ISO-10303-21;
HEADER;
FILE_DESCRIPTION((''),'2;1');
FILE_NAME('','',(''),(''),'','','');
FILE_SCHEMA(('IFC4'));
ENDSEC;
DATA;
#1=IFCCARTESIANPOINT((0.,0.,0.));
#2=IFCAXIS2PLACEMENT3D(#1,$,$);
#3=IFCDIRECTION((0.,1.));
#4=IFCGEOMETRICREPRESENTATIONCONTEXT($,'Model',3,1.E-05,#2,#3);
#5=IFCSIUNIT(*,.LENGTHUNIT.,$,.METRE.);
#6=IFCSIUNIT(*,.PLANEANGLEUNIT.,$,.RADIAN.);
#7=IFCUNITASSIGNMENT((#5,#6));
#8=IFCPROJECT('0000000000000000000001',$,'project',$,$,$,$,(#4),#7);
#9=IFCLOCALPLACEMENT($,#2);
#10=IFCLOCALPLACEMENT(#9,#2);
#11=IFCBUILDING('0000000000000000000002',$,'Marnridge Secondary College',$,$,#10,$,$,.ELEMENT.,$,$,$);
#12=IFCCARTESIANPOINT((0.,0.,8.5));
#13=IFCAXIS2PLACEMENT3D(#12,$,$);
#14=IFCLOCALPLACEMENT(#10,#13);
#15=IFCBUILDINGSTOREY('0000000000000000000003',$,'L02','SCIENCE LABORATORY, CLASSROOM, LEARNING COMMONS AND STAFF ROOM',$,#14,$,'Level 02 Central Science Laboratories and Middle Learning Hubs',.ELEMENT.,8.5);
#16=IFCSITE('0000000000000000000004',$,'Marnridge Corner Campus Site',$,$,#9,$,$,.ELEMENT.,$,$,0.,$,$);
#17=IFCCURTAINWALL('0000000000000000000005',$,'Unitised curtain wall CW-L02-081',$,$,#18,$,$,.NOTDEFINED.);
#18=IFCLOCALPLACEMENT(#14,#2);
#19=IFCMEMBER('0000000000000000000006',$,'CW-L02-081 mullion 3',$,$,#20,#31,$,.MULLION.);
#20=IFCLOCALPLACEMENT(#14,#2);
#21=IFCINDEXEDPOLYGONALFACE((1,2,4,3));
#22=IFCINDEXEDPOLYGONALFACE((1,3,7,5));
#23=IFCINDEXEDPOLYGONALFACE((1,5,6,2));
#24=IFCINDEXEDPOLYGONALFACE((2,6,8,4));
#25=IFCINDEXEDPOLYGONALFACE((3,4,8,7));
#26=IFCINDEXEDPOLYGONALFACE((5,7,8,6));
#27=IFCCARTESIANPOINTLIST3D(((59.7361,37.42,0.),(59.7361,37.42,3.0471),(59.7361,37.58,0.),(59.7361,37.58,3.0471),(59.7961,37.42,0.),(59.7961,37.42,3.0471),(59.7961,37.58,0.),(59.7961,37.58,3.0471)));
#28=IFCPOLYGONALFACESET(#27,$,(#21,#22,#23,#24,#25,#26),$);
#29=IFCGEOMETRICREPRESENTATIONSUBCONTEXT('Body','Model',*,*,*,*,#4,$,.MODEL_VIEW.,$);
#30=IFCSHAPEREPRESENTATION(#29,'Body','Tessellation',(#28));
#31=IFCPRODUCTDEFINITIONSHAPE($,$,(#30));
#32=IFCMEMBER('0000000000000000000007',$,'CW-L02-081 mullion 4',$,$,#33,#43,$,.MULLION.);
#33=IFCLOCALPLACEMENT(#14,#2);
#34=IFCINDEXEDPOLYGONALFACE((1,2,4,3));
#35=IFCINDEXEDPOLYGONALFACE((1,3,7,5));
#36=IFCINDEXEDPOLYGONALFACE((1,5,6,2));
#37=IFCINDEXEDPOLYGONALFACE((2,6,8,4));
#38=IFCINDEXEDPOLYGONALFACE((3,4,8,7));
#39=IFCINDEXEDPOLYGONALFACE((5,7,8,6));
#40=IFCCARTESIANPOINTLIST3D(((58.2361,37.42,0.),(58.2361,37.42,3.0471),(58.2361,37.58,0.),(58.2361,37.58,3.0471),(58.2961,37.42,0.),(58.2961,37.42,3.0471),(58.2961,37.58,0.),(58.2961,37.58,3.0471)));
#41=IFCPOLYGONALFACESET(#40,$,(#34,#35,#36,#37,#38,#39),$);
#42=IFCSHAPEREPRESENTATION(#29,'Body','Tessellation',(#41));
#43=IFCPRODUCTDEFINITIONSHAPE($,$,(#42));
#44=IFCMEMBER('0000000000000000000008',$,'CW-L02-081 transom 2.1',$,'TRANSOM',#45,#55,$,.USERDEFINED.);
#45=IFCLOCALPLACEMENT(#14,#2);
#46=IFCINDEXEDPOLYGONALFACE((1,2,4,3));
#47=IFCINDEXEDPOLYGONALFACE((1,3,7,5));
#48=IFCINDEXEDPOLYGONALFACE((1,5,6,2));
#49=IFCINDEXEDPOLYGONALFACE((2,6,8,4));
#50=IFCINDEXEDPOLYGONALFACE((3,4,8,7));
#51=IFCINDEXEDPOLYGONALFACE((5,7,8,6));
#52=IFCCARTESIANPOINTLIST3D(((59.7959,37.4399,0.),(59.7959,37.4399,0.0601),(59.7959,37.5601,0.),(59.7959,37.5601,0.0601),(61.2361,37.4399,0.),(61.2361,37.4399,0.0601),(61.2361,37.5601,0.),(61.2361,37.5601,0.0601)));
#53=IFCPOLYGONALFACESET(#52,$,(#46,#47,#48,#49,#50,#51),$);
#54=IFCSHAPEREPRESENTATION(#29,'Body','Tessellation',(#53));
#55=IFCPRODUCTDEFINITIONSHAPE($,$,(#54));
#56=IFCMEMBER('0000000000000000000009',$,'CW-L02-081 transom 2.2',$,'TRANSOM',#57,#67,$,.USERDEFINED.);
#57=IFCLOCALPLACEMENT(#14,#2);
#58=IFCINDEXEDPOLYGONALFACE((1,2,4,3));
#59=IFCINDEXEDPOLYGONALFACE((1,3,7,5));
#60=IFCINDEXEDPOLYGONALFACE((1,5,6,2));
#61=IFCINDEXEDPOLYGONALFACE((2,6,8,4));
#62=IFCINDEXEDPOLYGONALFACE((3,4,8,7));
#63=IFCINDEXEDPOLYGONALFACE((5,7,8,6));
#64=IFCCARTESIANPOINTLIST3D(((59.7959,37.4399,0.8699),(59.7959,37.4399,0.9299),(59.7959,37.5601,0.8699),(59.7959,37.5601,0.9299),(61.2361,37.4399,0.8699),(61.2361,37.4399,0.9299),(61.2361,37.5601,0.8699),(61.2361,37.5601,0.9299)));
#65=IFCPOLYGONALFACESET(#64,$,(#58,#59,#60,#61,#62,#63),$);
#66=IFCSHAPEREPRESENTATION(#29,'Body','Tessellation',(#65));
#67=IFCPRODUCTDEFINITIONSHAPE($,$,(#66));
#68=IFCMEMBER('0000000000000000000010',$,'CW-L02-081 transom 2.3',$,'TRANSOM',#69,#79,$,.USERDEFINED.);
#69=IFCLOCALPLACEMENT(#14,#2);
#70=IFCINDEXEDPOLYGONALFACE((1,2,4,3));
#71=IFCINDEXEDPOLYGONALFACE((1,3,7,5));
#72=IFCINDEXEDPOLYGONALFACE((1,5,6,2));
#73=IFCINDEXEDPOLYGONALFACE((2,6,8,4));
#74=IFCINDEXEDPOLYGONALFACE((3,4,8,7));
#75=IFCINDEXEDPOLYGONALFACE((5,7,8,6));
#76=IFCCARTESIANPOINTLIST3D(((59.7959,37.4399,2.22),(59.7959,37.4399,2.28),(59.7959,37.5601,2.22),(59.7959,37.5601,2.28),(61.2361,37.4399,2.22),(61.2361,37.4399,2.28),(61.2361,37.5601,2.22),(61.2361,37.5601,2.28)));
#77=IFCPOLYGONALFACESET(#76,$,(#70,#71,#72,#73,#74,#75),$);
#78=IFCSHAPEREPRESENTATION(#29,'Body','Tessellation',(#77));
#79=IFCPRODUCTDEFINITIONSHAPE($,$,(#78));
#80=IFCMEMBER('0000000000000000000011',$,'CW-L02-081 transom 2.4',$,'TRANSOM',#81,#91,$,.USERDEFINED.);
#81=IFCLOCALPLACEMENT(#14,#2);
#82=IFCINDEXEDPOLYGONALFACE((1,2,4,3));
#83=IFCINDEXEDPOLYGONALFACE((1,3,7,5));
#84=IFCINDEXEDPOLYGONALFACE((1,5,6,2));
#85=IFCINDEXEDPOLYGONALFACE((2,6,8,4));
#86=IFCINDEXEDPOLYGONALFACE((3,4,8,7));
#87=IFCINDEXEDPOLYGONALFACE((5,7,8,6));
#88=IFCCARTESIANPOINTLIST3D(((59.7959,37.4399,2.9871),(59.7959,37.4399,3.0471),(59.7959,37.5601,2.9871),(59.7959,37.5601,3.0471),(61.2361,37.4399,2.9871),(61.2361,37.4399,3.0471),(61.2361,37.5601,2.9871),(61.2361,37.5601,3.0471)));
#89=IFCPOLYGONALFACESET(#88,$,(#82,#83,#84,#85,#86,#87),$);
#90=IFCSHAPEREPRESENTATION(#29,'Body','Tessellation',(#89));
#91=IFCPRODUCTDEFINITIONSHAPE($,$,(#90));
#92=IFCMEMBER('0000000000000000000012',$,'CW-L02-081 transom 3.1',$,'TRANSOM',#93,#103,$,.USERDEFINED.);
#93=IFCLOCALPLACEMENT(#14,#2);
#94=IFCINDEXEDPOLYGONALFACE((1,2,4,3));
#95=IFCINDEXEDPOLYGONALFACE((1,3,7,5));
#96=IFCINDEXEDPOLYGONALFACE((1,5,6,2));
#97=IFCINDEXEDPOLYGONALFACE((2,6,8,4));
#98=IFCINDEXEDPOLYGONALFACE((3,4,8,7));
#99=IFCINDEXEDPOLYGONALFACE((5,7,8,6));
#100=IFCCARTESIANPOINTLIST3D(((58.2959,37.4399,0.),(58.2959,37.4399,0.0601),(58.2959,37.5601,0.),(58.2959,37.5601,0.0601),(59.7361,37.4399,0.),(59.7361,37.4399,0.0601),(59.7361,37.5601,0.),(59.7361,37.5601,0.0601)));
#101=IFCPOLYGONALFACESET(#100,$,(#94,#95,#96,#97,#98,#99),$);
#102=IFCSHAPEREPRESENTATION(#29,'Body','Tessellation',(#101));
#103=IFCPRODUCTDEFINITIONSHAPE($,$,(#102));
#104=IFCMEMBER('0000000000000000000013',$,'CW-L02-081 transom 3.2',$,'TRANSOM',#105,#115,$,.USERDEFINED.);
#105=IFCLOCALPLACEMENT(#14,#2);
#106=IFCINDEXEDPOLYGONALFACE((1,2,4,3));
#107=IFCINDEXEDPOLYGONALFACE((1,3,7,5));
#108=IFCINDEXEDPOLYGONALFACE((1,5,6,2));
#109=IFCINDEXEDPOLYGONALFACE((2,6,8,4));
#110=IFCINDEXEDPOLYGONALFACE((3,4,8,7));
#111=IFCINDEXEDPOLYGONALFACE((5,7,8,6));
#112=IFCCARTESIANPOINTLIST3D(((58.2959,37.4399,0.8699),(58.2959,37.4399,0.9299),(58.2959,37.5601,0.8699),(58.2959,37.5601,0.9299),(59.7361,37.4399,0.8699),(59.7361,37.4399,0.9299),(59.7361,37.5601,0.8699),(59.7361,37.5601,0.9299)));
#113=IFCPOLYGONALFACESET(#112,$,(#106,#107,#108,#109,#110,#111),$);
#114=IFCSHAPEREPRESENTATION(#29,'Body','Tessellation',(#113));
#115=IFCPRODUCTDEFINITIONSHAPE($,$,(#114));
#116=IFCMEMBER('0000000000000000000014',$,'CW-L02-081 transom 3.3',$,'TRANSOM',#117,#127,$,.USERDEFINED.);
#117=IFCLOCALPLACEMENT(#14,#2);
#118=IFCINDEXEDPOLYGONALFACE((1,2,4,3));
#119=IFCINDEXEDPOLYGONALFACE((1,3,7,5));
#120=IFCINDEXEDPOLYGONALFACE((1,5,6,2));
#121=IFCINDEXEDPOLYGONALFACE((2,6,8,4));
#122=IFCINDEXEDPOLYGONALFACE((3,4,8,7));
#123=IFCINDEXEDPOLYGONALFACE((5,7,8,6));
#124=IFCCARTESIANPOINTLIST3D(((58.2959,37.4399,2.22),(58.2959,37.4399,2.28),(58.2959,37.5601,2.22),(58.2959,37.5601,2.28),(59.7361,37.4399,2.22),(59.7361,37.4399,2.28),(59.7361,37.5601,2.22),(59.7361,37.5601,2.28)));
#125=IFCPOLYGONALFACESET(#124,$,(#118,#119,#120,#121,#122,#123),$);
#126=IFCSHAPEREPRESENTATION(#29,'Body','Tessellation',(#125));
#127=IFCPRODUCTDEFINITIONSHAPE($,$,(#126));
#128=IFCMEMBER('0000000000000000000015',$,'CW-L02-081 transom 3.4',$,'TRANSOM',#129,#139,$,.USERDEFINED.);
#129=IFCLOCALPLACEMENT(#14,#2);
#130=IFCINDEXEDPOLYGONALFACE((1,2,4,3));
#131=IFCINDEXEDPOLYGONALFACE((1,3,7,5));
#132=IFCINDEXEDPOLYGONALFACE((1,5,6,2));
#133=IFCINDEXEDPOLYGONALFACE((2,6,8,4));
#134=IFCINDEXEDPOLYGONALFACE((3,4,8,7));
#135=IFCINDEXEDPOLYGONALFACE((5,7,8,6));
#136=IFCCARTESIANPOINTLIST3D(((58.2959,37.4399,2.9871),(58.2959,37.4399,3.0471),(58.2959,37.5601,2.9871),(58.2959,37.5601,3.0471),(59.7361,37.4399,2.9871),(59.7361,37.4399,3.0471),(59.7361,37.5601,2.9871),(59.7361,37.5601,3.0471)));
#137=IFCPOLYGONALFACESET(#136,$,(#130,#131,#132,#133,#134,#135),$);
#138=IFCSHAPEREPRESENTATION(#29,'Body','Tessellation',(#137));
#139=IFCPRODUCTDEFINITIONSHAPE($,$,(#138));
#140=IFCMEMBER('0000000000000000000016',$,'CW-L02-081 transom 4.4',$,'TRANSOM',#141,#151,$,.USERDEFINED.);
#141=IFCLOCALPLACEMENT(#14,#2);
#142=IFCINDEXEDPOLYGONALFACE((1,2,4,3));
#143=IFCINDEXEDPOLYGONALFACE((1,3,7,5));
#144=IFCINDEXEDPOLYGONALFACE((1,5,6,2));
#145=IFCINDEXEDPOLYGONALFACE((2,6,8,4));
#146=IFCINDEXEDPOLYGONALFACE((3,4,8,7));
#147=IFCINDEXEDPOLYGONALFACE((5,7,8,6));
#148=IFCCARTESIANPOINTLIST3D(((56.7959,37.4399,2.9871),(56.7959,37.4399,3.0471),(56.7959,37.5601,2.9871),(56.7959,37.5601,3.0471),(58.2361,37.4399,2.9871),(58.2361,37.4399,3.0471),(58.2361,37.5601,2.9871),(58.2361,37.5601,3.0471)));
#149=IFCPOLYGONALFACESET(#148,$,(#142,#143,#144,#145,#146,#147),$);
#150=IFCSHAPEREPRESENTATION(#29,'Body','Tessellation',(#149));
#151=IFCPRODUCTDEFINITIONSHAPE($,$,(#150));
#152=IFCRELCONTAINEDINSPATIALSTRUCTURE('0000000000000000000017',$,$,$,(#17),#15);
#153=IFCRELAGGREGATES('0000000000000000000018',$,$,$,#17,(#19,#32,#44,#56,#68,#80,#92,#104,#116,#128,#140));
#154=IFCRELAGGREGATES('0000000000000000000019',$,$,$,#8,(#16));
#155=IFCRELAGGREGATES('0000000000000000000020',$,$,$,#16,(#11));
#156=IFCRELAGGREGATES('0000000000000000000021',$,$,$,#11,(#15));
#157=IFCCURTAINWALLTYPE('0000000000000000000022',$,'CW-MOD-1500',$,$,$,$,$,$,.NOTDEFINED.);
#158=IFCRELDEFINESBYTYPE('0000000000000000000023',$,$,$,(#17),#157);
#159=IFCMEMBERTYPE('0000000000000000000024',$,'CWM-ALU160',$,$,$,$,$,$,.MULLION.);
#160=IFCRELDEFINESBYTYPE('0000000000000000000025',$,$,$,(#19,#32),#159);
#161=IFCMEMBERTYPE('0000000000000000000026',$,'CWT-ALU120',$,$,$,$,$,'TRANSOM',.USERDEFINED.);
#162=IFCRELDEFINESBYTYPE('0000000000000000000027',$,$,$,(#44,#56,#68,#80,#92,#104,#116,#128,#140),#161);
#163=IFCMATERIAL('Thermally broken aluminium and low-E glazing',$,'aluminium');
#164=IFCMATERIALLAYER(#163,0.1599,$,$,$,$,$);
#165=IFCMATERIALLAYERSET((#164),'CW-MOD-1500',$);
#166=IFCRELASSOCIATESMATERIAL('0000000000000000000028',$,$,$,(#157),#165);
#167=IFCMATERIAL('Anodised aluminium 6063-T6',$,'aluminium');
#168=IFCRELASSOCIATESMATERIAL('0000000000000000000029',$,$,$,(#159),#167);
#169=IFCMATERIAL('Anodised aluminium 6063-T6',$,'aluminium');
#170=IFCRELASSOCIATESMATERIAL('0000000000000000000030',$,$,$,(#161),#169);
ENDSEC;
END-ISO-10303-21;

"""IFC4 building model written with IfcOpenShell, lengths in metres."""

from ifc_helpers import new_model, si_unit, direction, frame, origin, origin_2d, place, context, subcontext, project, spatial, rectangle, extrude, material, layer, layer_set, material_profile, profile_set, type_object, element, aggregate, save


model = new_model("IFC4")

# Units and contexts
model_context = context("Model", 3, precision=1e-05, world=origin(), true_north=direction((0.0, 1.0)))
body_context = subcontext(model_context, "Body", "Model", "MODEL_VIEW")
ifc_project = project(units=[si_unit("LENGTHUNIT", "METRE"), si_unit("PLANEANGLEUNIT", "RADIAN")], contexts=[model_context])

# Site, building, storey
site_placement = place(None, origin())
site = spatial("IfcSite", under=ifc_project, at=site_placement, Name="Marnridge Corner Campus Site", CompositionType="ELEMENT", RefElevation=0.0)
building_placement = place(site_placement, origin())
building = spatial("IfcBuilding", under=site, at=building_placement, Name="Marnridge Secondary College", CompositionType="ELEMENT")
storey_placement = place(building_placement, frame((0.0, 0.0, 8.5)))
storey = spatial("IfcBuildingStorey", under=building, at=storey_placement, Name="L02", Description="SCIENCE LABORATORY, CLASSROOM, LEARNING COMMONS AND STAFF ROOM", LongName="Level 02 Central Science Laboratories and Middle Learning Hubs", CompositionType="ELEMENT", Elevation=8.5)

# Curtain wall, members
ifc_material_1 = material(Name="Thermally broken aluminium and low-E glazing", Category="aluminium")
ifc_layer_1 = layer(ifc_material_1, 0.1599)
ifc_layer_set_1 = layer_set([ifc_layer_1], Name="CW-MOD-1500")
curtain_wall_type = type_object("IfcCurtainWallType", Name="CW-MOD-1500", PredefinedType="NOTDEFINED", material=ifc_layer_set_1)
curtain_wall_placement = place(storey_placement, origin())
curtain_wall = element("IfcCurtainWall", 1, at=curtain_wall_placement, inside=storey, type_object=curtain_wall_type, Name="Unitised curtain wall CW-L02-081", PredefinedType="NOTDEFINED")
ifc_material_2 = material(Name="Anodised aluminium 6063-T6", Category="aluminium")
ifc_material_profile_1 = material_profile(ifc_material_2, rectangle(XDim=0.0601, YDim=0.1599, at=origin_2d()), Name="ALU 60x160")
ifc_profile_set_1 = profile_set([ifc_material_profile_1], Name="Anodised aluminium 6063-T6")
member_type_1 = type_object("IfcMemberType", Name="CWM-ALU160", PredefinedType="MULLION", material=ifc_profile_set_1)
member_1_placement = place(storey_placement, frame((59.7661, 37.5, 0.0), z_axis=(0.0, 0.0, 1.0), x_axis=(-1.0, 0.0, 0.0)))
member_1 = element("IfcMember", 2, at=member_1_placement, type_object=member_type_1, Name="CW-L02-081 mullion 3", PredefinedType="MULLION", context=body_context, shape_type="SweptSolid", body=[
    extrude(rectangle(XDim=0.0601, YDim=0.1599, at=origin_2d()), origin(), (0.0, 0.0, 1.0), 3.0471),
])
member_2_placement = place(storey_placement, frame((58.2661, 37.5, 0.0), z_axis=(0.0, 0.0, 1.0), x_axis=(-1.0, 0.0, 0.0)))
member_2 = element("IfcMember", 3, at=member_2_placement, type_object=member_type_1, Name="CW-L02-081 mullion 4", PredefinedType="MULLION", context=body_context, shape_type="SweptSolid", body=[
    extrude(rectangle(XDim=0.0601, YDim=0.1599, at=origin_2d()), origin(), (0.0, 0.0, 1.0), 3.0471),
])
ifc_material_3 = material(Name="Anodised aluminium 6063-T6", Category="aluminium")
ifc_material_profile_2 = material_profile(ifc_material_3, rectangle(XDim=0.0601, YDim=0.1201, at=origin_2d()), Name="ALU 60x120")
ifc_profile_set_2 = profile_set([ifc_material_profile_2], Name="Anodised aluminium 6063-T6")
member_type_2 = type_object("IfcMemberType", Name="CWT-ALU120", ElementType="TRANSOM", PredefinedType="USERDEFINED", material=ifc_profile_set_2)
member_3_placement = place(storey_placement, frame((61.2361, 37.5, 0.03), z_axis=(-1.0, 0.0, 0.0), x_axis=(0.0, 0.0, 1.0)))
member_3 = element("IfcMember", 4, at=member_3_placement, type_object=member_type_2, Name="CW-L02-081 transom 2.1", ObjectType="TRANSOM", PredefinedType="USERDEFINED", context=body_context, shape_type="SweptSolid", body=[
    extrude(rectangle(XDim=0.0601, YDim=0.1201, at=origin_2d()), origin(), (0.0, 0.0, 1.0), 1.4402),
])
member_4_placement = place(storey_placement, frame((61.2361, 37.5, 0.8999), z_axis=(-1.0, 0.0, 0.0), x_axis=(0.0, 0.0, 1.0)))
member_4 = element("IfcMember", 5, at=member_4_placement, type_object=member_type_2, Name="CW-L02-081 transom 2.2", ObjectType="TRANSOM", PredefinedType="USERDEFINED", context=body_context, shape_type="SweptSolid", body=[
    extrude(rectangle(XDim=0.0601, YDim=0.1201, at=origin_2d()), origin(), (0.0, 0.0, 1.0), 1.4402),
])
member_5_placement = place(storey_placement, frame((61.2361, 37.5, 2.25), z_axis=(-1.0, 0.0, 0.0), x_axis=(0.0, 0.0, 1.0)))
member_5 = element("IfcMember", 6, at=member_5_placement, type_object=member_type_2, Name="CW-L02-081 transom 2.3", ObjectType="TRANSOM", PredefinedType="USERDEFINED", context=body_context, shape_type="SweptSolid", body=[
    extrude(rectangle(XDim=0.0601, YDim=0.1201, at=origin_2d()), origin(), (0.0, 0.0, 1.0), 1.4402),
])
member_6_placement = place(storey_placement, frame((61.2361, 37.5, 3.0171), z_axis=(-1.0, 0.0, 0.0), x_axis=(0.0, 0.0, 1.0)))
member_6 = element("IfcMember", 7, at=member_6_placement, type_object=member_type_2, Name="CW-L02-081 transom 2.4", ObjectType="TRANSOM", PredefinedType="USERDEFINED", context=body_context, shape_type="SweptSolid", body=[
    extrude(rectangle(XDim=0.0601, YDim=0.1201, at=origin_2d()), origin(), (0.0, 0.0, 1.0), 1.4402),
])
member_7_placement = place(storey_placement, frame((59.7361, 37.5, 0.03), z_axis=(-1.0, 0.0, 0.0), x_axis=(0.0, 0.0, 1.0)))
member_7 = element("IfcMember", 8, at=member_7_placement, type_object=member_type_2, Name="CW-L02-081 transom 3.1", ObjectType="TRANSOM", PredefinedType="USERDEFINED", context=body_context, shape_type="SweptSolid", body=[
    extrude(rectangle(XDim=0.0601, YDim=0.1201, at=origin_2d()), origin(), (0.0, 0.0, 1.0), 1.4402),
])
member_8_placement = place(storey_placement, frame((59.7361, 37.5, 0.8999), z_axis=(-1.0, 0.0, 0.0), x_axis=(0.0, 0.0, 1.0)))
member_8 = element("IfcMember", 9, at=member_8_placement, type_object=member_type_2, Name="CW-L02-081 transom 3.2", ObjectType="TRANSOM", PredefinedType="USERDEFINED", context=body_context, shape_type="SweptSolid", body=[
    extrude(rectangle(XDim=0.0601, YDim=0.1201, at=origin_2d()), origin(), (0.0, 0.0, 1.0), 1.4402),
])
member_9_placement = place(storey_placement, frame((59.7361, 37.5, 2.25), z_axis=(-1.0, 0.0, 0.0), x_axis=(0.0, 0.0, 1.0)))
member_9 = element("IfcMember", 10, at=member_9_placement, type_object=member_type_2, Name="CW-L02-081 transom 3.3", ObjectType="TRANSOM", PredefinedType="USERDEFINED", context=body_context, shape_type="SweptSolid", body=[
    extrude(rectangle(XDim=0.0601, YDim=0.1201, at=origin_2d()), origin(), (0.0, 0.0, 1.0), 1.4402),
])
member_10_placement = place(storey_placement, frame((59.7361, 37.5, 3.0171), z_axis=(-1.0, 0.0, 0.0), x_axis=(0.0, 0.0, 1.0)))
member_10 = element("IfcMember", 11, at=member_10_placement, type_object=member_type_2, Name="CW-L02-081 transom 3.4", ObjectType="TRANSOM", PredefinedType="USERDEFINED", context=body_context, shape_type="SweptSolid", body=[
    extrude(rectangle(XDim=0.0601, YDim=0.1201, at=origin_2d()), origin(), (0.0, 0.0, 1.0), 1.4402),
])
member_11_placement = place(storey_placement, frame((58.2361, 37.5, 3.0171), z_axis=(-1.0, 0.0, 0.0), x_axis=(0.0, 0.0, 1.0)))
member_11 = element("IfcMember", 12, at=member_11_placement, type_object=member_type_2, Name="CW-L02-081 transom 4.4", ObjectType="TRANSOM", PredefinedType="USERDEFINED", context=body_context, shape_type="SweptSolid", body=[
    extrude(rectangle(XDim=0.0601, YDim=0.1201, at=origin_2d()), origin(), (0.0, 0.0, 1.0), 1.4402),
])

aggregate(curtain_wall, [member_1, member_2, member_3, member_4, member_5, member_6, member_7, member_8, member_9, member_10, member_11])

save(model, "model.ifc")
